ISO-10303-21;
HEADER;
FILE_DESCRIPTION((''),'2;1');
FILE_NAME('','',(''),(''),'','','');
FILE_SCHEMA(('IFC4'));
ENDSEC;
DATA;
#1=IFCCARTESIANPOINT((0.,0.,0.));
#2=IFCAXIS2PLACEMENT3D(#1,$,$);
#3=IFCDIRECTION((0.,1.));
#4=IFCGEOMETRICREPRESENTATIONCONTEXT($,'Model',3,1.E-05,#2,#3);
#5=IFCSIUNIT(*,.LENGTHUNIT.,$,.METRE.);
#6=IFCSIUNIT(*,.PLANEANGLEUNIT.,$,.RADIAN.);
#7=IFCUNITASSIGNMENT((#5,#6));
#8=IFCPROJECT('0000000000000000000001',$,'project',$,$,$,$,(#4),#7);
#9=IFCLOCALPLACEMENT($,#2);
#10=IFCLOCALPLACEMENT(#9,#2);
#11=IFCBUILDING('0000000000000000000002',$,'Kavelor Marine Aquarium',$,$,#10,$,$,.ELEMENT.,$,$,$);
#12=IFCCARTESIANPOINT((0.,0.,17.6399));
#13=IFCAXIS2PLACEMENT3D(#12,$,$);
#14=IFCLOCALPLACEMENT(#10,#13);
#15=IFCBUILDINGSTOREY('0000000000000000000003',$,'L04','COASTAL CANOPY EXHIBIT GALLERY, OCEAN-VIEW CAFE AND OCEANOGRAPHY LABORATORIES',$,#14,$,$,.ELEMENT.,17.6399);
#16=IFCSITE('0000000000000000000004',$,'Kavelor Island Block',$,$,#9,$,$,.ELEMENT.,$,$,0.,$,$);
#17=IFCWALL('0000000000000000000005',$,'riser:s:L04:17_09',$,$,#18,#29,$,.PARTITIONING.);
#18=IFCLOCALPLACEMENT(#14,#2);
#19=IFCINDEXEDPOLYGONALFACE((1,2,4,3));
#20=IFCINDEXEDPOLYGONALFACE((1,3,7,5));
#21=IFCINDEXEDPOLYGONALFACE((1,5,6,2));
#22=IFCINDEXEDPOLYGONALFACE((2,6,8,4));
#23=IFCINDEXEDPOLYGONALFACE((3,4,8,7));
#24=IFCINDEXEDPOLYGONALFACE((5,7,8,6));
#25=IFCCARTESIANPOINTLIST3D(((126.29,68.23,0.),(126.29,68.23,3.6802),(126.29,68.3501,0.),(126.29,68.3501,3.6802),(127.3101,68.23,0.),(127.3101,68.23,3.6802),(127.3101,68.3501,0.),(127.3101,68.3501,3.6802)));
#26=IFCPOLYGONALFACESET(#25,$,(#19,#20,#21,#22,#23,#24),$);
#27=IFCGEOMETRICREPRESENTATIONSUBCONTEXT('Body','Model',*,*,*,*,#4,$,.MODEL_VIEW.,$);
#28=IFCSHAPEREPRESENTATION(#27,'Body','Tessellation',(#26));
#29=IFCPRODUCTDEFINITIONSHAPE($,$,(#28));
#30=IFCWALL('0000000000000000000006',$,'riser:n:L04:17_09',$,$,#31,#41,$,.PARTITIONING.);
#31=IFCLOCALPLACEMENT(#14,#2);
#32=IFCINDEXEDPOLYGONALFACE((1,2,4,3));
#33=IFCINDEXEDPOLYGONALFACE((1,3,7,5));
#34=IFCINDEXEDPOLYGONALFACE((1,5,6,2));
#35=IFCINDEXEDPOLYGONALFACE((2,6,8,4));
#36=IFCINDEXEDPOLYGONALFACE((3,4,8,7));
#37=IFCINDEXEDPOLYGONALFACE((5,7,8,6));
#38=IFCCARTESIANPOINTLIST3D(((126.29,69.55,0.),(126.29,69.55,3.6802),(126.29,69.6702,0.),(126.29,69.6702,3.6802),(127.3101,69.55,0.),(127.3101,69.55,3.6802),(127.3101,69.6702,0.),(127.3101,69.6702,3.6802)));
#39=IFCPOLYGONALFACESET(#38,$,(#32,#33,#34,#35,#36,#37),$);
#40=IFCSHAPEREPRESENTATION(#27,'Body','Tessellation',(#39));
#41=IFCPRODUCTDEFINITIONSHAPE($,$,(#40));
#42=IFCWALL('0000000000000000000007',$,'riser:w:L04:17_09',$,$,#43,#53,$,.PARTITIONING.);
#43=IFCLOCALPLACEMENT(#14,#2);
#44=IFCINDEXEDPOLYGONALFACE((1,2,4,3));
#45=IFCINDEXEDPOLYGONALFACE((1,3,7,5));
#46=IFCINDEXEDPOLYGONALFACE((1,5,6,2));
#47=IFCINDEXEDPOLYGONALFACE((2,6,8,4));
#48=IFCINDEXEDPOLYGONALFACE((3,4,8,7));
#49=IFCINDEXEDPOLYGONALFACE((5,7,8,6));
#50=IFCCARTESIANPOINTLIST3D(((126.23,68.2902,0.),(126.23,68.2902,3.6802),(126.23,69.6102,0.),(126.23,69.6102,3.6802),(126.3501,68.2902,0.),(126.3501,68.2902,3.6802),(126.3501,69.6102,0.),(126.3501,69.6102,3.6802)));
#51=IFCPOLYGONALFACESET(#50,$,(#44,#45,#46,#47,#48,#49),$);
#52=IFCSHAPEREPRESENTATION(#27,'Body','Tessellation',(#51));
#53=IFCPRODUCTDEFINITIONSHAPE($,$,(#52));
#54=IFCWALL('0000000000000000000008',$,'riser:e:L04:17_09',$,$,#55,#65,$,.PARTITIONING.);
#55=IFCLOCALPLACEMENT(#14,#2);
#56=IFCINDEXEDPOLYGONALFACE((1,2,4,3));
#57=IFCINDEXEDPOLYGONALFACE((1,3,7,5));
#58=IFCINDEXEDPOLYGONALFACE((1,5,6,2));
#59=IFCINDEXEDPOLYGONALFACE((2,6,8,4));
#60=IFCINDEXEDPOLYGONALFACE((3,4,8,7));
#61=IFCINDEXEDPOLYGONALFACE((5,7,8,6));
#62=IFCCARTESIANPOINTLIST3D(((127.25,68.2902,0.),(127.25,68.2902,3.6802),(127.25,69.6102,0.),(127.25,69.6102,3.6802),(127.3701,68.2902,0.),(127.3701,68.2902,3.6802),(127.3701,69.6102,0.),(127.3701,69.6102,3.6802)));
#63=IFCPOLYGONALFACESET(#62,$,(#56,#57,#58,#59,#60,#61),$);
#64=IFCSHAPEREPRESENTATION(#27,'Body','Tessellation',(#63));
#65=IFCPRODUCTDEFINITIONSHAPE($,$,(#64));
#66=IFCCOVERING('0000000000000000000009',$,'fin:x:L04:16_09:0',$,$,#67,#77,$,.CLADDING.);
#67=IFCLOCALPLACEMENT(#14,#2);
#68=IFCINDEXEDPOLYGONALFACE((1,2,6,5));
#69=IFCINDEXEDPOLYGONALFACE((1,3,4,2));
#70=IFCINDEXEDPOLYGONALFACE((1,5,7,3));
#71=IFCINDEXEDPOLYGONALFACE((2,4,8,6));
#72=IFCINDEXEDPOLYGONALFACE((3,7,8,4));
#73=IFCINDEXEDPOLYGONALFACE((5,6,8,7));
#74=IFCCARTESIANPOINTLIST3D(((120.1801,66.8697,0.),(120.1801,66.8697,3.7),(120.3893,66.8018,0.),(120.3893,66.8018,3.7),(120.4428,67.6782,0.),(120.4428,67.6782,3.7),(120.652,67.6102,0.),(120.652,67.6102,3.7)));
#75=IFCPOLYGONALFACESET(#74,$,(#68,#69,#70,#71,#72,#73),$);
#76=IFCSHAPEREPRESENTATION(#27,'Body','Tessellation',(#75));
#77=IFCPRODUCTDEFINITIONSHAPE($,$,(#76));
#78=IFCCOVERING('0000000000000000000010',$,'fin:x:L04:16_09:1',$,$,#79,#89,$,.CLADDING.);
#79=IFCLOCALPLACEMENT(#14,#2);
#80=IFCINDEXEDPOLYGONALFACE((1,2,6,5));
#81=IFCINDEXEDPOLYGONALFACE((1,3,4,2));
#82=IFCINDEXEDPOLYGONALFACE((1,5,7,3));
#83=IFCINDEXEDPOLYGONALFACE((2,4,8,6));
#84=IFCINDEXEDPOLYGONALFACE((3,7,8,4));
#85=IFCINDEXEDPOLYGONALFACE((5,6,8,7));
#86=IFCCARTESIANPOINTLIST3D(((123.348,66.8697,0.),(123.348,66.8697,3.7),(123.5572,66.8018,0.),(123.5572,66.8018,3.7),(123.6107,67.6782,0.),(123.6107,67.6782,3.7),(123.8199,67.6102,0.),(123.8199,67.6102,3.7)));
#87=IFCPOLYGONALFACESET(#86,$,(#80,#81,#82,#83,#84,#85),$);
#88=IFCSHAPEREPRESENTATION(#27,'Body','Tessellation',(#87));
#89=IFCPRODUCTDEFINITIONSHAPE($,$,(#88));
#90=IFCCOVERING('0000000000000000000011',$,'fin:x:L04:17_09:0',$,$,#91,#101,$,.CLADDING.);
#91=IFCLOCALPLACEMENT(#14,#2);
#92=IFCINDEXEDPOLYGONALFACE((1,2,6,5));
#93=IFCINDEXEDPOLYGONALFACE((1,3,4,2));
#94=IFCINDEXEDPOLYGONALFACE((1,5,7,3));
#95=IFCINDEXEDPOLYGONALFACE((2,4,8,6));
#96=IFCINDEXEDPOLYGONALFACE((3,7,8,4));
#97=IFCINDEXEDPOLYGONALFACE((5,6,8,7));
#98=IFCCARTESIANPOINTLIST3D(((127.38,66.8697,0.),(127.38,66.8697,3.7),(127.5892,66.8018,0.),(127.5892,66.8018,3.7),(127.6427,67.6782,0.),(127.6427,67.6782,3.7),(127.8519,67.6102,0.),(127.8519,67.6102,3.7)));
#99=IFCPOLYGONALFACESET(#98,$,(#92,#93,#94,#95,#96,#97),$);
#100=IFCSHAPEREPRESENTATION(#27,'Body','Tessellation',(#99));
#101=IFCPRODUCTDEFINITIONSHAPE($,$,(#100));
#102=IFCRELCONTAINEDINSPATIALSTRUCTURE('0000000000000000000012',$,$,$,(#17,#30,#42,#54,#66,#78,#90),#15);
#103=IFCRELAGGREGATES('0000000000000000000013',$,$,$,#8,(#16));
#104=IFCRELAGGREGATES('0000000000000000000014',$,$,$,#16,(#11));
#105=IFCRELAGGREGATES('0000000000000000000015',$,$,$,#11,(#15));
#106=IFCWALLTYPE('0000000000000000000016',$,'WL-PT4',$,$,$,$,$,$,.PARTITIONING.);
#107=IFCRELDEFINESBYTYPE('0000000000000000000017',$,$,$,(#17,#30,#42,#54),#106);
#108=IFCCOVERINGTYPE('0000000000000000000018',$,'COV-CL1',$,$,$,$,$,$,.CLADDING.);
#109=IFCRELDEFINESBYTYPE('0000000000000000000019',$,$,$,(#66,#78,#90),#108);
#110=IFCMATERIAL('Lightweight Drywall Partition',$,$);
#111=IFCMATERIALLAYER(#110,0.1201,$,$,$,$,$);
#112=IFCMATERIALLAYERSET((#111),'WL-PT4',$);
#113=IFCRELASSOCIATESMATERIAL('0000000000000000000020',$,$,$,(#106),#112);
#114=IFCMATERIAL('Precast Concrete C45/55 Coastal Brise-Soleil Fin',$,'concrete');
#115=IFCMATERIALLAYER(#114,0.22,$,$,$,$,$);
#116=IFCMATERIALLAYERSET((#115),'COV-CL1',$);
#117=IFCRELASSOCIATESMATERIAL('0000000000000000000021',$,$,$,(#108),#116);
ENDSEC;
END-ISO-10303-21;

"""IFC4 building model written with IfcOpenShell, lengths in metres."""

from ifc_helpers import new_model, si_unit, direction, frame, frame_2d, origin, origin_2d, place, context, subcontext, project, spatial, rectangle, extrude, material, layer, layer_set, type_object, element, save


model = new_model("IFC4")

# Units and contexts
model_context = context("Model", 3, precision=1e-05, world=origin(), true_north=direction((0.0, 1.0)))
body_context = subcontext(model_context, "Body", "Model", "MODEL_VIEW")
ifc_project = project(units=[si_unit("LENGTHUNIT", "METRE"), si_unit("PLANEANGLEUNIT", "RADIAN")], contexts=[model_context])

# Site, building, storey
site_placement = place(None, origin())
site = spatial("IfcSite", under=ifc_project, at=site_placement, Name="Kavelor Island Block", CompositionType="ELEMENT", RefElevation=0.0)
building_placement = place(site_placement, origin())
building = spatial("IfcBuilding", under=site, at=building_placement, Name="Kavelor Marine Aquarium", CompositionType="ELEMENT")
storey_placement = place(building_placement, frame((0.0, 0.0, 17.6399)))
storey = spatial("IfcBuildingStorey", under=building, at=storey_placement, Name="L04", Description="COASTAL CANOPY EXHIBIT GALLERY, OCEAN-VIEW CAFE AND OCEANOGRAPHY LABORATORIES", CompositionType="ELEMENT", Elevation=17.6399)

# Walls
ifc_material_1 = material(Name="Lightweight Drywall Partition")
ifc_layer_1 = layer(ifc_material_1, 0.1201)
ifc_layer_set_1 = layer_set([ifc_layer_1], Name="WL-PT4")
wall_type_1 = type_object("IfcWallType", Name="WL-PT4", PredefinedType="PARTITIONING", material=ifc_layer_set_1)
for number, where, z_axis, x_axis, name in (
    (1, (126.29, 68.29, 0.0), (0.0, 0.0, 1.0), (1.0, 0.0, 0.0), "riser:s:L04:17_09"),
    (2, (126.29, 69.6101, 0.0), (0.0, 0.0, 1.0), (1.0, 0.0, 0.0), "riser:n:L04:17_09"),
):
    element("IfcWall", number, at=place(storey_placement, frame(where, z_axis=z_axis, x_axis=x_axis)), inside=storey, type_object=wall_type_1, Name=name, PredefinedType="PARTITIONING", context=body_context, shape_type="SweptSolid", body=[
        extrude(rectangle(XDim=1.02, YDim=0.1201, at=frame_2d((0.51, 0.0))), origin(), (0.0, 0.0, 1.0), 3.6802),
    ])
for number, where, z_axis, x_axis, name in (
    (3, (126.29, 68.29, 0.0), (0.0, 0.0, 1.0), (0.0, 1.0, 0.0), "riser:w:L04:17_09"),
    (4, (127.3101, 68.29, 0.0), (0.0, 0.0, 1.0), (0.0, 1.0, 0.0), "riser:e:L04:17_09"),
):
    element("IfcWall", number, at=place(storey_placement, frame(where, z_axis=z_axis, x_axis=x_axis)), inside=storey, type_object=wall_type_1, Name=name, PredefinedType="PARTITIONING", context=body_context, shape_type="SweptSolid", body=[
        extrude(rectangle(XDim=1.3201, YDim=0.1201, at=frame_2d((0.6602, 0.0))), origin(), (0.0, 0.0, 1.0), 3.6802),
    ])

# Coverings
ifc_material_2 = material(Name="Precast Concrete C45/55 Coastal Brise-Soleil Fin", Category="concrete")
ifc_layer_2 = layer(ifc_material_2, 0.22)
ifc_layer_set_2 = layer_set([ifc_layer_2], Name="COV-CL1")
covering_type = type_object("IfcCoveringType", Name="COV-CL1", PredefinedType="CLADDING", material=ifc_layer_set_2)
for number, where, z_axis, x_axis, name in (
    (5, (120.416, 67.24, 0.0), (0.0, 0.0, 1.0), (0.951057, -0.309017, 0.0), "fin:x:L04:16_09:0"),
    (6, (123.584, 67.24, 0.0), (0.0, 0.0, 1.0), (0.951057, -0.309017, 0.0), "fin:x:L04:16_09:1"),
    (7, (127.616, 67.24, 0.0), (0.0, 0.0, 1.0), (0.951057, -0.309017, 0.0), "fin:x:L04:17_09:0"),
):
    element("IfcCovering", number, at=place(storey_placement, frame(where, z_axis=z_axis, x_axis=x_axis)), inside=storey, type_object=covering_type, Name=name, PredefinedType="CLADDING", context=body_context, shape_type="SweptSolid", body=[
        extrude(rectangle(XDim=0.22, YDim=0.8501, at=origin_2d()), origin(), (0.0, 0.0, 1.0), 3.7),
    ])

save(model, "model.ifc")
